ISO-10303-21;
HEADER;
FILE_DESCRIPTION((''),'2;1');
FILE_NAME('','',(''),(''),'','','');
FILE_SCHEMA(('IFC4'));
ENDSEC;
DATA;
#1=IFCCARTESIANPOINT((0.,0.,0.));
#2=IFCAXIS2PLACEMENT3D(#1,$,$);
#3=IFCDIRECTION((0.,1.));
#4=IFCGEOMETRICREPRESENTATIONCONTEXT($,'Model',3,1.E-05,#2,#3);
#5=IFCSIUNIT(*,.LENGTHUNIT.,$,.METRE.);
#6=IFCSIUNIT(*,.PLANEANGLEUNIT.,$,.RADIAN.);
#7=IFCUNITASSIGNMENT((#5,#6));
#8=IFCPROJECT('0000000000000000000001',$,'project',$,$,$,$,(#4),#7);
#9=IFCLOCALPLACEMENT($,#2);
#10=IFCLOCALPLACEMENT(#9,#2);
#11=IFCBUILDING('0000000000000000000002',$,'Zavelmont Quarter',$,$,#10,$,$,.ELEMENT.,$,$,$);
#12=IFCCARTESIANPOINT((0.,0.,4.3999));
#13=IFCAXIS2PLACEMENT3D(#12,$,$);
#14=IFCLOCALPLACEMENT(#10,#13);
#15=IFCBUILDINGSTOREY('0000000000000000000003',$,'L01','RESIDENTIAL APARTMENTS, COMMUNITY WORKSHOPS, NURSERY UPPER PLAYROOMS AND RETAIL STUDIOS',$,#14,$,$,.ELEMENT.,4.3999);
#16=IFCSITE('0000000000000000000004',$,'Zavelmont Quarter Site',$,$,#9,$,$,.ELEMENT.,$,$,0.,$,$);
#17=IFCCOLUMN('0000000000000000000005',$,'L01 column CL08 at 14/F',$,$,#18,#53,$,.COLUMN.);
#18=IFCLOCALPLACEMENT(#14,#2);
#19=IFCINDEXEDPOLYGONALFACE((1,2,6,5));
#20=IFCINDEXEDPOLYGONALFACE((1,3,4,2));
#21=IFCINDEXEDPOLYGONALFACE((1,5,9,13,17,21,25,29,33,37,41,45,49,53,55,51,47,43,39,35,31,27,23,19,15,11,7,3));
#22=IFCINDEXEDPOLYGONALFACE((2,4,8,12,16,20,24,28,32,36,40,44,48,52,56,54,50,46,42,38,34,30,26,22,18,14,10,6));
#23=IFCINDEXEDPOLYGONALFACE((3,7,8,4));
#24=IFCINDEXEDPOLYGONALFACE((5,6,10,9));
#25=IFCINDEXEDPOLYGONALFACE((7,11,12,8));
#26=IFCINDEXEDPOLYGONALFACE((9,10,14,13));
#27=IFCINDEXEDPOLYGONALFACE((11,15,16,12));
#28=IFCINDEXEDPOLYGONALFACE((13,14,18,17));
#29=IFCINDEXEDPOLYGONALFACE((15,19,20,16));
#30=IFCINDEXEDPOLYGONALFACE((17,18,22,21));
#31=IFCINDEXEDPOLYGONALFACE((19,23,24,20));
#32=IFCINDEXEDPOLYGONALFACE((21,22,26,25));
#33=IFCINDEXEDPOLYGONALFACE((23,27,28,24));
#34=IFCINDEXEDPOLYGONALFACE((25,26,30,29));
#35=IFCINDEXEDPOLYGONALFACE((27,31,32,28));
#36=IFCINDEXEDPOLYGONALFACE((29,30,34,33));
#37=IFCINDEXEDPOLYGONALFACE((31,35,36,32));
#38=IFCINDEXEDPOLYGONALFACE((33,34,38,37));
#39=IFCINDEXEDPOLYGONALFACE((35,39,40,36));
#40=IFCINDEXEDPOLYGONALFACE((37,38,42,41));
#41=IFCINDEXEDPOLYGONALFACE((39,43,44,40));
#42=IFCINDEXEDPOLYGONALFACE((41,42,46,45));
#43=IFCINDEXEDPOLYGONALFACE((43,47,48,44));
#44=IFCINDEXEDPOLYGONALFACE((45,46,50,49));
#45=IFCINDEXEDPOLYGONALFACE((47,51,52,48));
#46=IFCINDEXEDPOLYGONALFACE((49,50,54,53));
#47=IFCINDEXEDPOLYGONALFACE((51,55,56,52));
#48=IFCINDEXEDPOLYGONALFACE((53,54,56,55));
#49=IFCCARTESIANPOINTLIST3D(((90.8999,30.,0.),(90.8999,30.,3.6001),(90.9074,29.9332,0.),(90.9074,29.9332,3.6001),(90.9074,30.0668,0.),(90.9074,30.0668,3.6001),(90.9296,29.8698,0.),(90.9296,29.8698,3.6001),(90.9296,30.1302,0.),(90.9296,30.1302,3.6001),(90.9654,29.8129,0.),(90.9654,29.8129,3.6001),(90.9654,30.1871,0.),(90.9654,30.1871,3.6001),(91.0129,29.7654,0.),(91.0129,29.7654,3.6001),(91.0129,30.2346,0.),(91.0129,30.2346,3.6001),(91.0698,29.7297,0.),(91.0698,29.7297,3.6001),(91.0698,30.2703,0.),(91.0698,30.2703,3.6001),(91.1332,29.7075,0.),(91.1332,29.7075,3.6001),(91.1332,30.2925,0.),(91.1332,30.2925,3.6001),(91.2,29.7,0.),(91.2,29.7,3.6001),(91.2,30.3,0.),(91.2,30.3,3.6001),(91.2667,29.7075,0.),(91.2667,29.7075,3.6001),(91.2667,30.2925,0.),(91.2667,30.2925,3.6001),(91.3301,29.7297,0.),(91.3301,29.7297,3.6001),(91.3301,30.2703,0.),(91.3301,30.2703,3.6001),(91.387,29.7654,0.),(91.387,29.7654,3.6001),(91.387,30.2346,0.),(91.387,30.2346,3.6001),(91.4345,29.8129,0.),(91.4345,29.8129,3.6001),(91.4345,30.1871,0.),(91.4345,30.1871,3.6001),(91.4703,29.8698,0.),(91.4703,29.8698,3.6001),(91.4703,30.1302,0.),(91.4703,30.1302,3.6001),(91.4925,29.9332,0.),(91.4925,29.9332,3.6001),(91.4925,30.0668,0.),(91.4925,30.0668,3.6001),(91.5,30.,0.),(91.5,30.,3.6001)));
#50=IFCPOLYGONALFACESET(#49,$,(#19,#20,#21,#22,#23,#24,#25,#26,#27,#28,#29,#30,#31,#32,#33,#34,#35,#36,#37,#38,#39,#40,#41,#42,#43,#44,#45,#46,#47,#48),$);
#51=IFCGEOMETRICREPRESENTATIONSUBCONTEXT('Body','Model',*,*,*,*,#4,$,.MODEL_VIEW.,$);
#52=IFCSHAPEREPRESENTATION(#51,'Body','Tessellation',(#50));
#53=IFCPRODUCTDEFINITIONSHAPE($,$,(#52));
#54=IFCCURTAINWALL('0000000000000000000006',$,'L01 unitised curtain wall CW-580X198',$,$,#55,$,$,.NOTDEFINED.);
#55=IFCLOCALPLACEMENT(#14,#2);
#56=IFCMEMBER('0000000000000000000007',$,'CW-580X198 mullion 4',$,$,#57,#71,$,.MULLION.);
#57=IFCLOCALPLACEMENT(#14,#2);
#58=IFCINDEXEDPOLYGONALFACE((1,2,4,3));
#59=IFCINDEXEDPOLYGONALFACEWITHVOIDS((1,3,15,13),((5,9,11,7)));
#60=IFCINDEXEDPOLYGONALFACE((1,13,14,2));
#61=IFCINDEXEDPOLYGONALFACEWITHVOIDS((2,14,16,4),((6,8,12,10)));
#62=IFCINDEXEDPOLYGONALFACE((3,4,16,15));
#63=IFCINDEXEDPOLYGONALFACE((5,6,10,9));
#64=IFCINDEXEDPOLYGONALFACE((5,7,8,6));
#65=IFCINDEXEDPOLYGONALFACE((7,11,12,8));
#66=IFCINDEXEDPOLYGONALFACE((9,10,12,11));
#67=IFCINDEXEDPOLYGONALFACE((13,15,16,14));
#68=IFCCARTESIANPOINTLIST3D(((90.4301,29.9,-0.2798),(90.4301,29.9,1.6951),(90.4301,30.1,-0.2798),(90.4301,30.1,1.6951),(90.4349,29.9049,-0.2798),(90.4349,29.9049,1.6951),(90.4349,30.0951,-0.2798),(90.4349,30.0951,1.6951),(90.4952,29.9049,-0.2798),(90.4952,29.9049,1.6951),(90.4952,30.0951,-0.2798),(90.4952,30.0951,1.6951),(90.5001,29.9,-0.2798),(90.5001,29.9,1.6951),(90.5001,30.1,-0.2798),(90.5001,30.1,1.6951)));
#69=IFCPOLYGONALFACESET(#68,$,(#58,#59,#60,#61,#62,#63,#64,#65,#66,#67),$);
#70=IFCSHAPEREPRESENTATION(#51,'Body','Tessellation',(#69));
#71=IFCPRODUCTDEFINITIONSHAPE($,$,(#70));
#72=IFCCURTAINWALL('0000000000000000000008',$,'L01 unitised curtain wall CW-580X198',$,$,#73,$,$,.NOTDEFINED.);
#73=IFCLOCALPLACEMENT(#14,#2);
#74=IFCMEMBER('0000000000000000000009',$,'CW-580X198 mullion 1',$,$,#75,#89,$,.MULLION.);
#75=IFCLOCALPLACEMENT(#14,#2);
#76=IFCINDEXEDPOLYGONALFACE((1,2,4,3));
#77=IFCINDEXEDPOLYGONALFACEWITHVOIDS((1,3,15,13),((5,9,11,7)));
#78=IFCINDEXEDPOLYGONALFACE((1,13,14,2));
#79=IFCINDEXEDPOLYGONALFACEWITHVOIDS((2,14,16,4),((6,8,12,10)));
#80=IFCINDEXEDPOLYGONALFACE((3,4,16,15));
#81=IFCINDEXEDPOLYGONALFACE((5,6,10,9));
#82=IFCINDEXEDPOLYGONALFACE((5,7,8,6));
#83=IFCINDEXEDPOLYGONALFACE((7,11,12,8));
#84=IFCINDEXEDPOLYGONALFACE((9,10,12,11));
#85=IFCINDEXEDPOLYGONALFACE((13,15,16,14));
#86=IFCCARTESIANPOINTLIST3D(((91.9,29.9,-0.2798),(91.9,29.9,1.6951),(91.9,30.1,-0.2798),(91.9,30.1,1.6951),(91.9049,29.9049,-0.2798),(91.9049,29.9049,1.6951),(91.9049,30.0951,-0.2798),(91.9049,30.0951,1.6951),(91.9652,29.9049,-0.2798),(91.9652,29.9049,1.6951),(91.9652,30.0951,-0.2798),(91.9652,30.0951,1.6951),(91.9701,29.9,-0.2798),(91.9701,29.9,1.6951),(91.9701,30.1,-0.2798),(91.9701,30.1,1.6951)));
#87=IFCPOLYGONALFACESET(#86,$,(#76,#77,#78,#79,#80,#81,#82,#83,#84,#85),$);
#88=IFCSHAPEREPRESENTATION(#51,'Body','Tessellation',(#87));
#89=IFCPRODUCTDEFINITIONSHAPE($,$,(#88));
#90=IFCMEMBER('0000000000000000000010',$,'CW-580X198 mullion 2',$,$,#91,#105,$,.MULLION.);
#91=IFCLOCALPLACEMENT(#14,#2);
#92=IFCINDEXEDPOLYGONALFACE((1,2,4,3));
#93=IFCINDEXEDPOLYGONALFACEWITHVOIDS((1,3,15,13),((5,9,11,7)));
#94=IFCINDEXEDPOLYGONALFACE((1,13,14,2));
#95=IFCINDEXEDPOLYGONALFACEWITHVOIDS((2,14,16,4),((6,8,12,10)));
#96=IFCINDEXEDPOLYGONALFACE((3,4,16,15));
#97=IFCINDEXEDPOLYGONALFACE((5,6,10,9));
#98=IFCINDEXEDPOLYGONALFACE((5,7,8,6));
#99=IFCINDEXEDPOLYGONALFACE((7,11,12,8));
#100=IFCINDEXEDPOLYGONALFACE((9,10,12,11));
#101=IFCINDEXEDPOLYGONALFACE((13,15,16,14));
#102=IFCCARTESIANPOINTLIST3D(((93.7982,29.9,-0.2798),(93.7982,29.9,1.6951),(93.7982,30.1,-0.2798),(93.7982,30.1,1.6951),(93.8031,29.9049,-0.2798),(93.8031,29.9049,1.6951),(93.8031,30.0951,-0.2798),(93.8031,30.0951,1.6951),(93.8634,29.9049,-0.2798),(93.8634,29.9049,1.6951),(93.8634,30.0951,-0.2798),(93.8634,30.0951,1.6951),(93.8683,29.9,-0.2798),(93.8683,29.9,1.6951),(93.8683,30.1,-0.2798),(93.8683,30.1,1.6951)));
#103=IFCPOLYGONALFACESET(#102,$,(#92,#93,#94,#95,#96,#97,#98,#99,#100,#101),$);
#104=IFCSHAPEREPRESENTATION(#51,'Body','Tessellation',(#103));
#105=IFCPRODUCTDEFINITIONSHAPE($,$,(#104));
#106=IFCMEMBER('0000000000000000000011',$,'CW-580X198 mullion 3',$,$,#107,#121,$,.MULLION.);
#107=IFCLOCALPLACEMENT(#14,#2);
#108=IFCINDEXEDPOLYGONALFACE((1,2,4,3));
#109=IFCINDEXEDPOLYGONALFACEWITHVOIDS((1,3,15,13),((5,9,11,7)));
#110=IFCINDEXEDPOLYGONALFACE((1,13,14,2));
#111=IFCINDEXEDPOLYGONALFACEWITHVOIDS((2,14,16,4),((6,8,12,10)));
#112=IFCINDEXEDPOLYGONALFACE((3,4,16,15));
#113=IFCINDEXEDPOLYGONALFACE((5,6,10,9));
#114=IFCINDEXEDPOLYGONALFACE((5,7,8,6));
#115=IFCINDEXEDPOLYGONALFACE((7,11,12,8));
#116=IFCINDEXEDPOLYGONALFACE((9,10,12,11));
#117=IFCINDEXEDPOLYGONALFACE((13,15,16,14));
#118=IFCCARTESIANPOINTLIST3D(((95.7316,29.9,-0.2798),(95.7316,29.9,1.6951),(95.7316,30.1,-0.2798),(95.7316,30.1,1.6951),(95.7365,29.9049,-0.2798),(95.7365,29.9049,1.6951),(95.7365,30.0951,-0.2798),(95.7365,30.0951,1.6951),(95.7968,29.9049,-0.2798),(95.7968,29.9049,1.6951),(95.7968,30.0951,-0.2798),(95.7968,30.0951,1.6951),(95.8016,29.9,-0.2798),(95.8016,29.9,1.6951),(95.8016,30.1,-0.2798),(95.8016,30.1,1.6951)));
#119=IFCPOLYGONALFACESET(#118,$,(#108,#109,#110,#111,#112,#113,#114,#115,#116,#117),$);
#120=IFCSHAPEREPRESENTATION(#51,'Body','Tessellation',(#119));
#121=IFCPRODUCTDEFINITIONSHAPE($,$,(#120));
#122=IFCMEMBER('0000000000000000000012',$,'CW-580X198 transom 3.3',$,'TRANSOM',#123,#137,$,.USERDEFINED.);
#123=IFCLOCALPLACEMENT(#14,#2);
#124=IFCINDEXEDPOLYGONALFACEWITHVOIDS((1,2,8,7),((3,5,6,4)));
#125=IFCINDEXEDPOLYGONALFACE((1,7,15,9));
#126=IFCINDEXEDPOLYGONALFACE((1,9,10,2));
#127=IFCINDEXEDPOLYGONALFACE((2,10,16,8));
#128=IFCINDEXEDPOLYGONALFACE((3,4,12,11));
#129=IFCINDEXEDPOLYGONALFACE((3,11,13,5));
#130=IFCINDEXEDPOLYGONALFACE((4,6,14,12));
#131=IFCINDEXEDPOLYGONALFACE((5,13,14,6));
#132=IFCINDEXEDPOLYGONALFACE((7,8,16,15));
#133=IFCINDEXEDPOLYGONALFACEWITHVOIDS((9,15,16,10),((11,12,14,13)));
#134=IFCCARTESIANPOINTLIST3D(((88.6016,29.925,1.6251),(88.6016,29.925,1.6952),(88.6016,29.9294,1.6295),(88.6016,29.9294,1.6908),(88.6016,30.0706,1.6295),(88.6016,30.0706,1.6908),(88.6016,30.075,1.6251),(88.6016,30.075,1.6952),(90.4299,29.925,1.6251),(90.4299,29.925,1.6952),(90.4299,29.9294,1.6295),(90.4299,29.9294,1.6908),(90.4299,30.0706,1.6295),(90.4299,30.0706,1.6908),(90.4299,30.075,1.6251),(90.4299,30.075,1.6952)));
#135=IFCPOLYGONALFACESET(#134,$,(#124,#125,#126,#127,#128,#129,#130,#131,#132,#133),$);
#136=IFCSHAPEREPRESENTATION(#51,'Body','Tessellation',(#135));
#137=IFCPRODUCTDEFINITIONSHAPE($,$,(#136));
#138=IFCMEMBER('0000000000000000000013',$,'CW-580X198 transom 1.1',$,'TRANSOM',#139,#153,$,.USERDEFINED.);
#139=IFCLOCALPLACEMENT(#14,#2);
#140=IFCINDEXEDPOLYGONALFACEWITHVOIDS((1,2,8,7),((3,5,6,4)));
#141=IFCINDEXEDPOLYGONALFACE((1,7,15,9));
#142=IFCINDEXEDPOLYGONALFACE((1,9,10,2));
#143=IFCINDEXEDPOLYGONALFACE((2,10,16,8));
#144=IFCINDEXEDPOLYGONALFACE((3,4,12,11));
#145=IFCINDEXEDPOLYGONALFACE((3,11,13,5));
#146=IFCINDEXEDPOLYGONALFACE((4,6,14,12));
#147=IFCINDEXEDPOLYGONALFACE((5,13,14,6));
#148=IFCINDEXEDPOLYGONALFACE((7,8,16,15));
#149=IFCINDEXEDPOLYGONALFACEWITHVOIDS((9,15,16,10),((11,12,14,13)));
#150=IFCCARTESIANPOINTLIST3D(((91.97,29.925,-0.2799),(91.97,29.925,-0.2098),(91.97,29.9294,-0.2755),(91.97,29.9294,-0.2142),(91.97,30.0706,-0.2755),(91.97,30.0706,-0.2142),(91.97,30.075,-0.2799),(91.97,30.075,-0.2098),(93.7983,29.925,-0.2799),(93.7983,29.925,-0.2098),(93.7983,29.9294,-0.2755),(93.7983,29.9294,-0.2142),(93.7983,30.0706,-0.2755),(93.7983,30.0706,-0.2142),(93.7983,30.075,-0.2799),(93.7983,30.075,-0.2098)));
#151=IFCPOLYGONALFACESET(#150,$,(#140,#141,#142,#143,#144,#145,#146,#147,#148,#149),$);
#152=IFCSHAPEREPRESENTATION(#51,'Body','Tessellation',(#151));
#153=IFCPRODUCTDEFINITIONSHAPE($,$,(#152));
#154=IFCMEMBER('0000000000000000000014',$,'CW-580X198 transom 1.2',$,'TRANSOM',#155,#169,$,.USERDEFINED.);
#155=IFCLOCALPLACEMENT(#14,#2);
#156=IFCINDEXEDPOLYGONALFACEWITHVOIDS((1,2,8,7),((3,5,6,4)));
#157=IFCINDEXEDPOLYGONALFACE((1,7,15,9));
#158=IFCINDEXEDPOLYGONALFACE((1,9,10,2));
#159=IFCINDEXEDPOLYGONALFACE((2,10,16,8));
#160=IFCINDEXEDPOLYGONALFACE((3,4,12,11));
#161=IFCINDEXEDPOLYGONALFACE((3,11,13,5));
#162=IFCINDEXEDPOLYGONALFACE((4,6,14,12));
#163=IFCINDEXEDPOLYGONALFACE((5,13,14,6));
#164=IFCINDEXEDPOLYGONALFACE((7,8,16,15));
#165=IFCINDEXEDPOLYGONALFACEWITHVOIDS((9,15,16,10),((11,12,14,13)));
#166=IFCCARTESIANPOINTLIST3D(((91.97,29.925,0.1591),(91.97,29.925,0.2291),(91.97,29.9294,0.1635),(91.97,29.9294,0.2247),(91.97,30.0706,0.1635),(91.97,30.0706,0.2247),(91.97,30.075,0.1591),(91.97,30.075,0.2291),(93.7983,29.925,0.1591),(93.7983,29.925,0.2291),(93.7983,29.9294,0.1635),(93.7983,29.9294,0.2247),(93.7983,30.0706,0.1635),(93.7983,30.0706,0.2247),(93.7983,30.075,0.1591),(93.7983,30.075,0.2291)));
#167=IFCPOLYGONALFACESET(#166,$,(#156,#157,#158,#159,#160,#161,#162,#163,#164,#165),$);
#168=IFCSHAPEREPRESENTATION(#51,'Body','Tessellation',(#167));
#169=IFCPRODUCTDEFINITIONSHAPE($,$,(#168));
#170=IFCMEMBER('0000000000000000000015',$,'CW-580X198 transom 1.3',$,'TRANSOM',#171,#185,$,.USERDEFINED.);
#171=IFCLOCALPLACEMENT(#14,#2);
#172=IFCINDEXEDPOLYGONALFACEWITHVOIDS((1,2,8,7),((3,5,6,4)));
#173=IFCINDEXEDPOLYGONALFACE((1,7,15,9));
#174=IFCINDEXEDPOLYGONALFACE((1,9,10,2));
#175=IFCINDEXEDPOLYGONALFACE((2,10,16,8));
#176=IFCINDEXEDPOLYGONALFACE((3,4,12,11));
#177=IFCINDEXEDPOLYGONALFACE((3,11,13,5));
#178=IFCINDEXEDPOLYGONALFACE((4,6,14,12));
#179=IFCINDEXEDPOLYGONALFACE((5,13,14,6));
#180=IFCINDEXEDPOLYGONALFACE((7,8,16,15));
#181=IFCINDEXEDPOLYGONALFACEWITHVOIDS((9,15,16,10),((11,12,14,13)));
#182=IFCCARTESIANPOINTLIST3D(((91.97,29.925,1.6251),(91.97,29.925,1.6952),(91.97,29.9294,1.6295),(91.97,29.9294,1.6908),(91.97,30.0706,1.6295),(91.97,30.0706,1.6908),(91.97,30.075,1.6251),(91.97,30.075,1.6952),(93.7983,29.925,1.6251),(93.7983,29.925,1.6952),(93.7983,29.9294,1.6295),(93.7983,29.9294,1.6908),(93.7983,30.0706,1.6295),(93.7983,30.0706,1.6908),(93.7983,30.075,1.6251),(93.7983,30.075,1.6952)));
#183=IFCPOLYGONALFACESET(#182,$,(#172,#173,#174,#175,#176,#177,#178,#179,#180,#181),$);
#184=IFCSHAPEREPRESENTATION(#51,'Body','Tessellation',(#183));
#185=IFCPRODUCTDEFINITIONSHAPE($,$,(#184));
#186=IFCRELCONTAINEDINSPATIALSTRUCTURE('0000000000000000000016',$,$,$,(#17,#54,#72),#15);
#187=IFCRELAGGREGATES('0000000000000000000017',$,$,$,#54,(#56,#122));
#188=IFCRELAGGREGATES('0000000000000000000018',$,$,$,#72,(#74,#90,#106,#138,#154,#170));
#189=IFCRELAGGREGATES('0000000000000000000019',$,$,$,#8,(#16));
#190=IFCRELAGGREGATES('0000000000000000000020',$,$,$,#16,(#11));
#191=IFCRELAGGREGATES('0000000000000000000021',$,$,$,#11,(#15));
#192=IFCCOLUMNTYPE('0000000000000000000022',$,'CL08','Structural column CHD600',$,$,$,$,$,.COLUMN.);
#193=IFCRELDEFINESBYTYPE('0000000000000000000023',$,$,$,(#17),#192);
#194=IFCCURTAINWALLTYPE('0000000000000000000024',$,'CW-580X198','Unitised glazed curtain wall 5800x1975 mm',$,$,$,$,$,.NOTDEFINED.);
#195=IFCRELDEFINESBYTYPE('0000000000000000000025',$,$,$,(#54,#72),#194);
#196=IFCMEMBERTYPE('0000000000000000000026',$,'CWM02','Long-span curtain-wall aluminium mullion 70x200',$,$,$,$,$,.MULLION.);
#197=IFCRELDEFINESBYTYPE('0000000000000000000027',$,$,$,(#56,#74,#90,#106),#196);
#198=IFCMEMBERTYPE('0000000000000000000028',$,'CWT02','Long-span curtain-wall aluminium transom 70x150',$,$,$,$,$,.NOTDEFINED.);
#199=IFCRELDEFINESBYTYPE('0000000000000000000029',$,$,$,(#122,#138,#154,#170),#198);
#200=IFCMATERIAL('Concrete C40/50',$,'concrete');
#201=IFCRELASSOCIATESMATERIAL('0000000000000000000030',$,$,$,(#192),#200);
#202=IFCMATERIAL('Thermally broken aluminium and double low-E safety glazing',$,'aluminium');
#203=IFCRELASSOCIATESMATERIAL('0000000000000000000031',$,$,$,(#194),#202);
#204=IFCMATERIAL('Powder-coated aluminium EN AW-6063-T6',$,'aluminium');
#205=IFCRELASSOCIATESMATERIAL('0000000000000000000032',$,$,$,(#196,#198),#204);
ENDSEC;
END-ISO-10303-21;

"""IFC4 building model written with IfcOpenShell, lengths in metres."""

from ifc_helpers import new_model, si_unit, direction, frame, origin, origin_2d, place, context, subcontext, project, spatial, hollow_rectangle, circle, extrude, material, material_profile, profile_set, type_object, element, aggregate, save


model = new_model("IFC4")

# Units and contexts
model_context = context("Model", 3, precision=1e-05, world=origin(), true_north=direction((0.0, 1.0)))
body_context = subcontext(model_context, "Body", "Model", "MODEL_VIEW")
ifc_project = project(units=[si_unit("LENGTHUNIT", "METRE"), si_unit("PLANEANGLEUNIT", "RADIAN")], contexts=[model_context])

# Site, building, storey
site_placement = place(None, origin())
site = spatial("IfcSite", under=ifc_project, at=site_placement, Name="Zavelmont Quarter Site", CompositionType="ELEMENT", RefElevation=0.0)
building_placement = place(site_placement, origin())
building = spatial("IfcBuilding", under=site, at=building_placement, Name="Zavelmont Quarter", CompositionType="ELEMENT")
storey_placement = place(building_placement, frame((0.0, 0.0, 4.3999)))
storey = spatial("IfcBuildingStorey", under=building, at=storey_placement, Name="L01", Description="RESIDENTIAL APARTMENTS, COMMUNITY WORKSHOPS, NURSERY UPPER PLAYROOMS AND RETAIL STUDIOS", CompositionType="ELEMENT", Elevation=4.3999)

# Column
ifc_material_1 = material(Name="Concrete C40/50", Category="concrete")
ifc_material_profile_1 = material_profile(ifc_material_1, circle(Radius=0.3, at=origin_2d()), Name="CHD600")
ifc_profile_set_1 = profile_set([ifc_material_profile_1], Name="Concrete C40/50")
column_type = type_object("IfcColumnType", Name="CL08", Description="Structural column CHD600", PredefinedType="COLUMN", material=ifc_profile_set_1)
column_placement = place(storey_placement, frame((91.2, 30.0, 0.0), z_axis=(0.0, 0.0, 1.0), x_axis=(1.0, 0.0, 0.0)))
element("IfcColumn", 1, at=column_placement, inside=storey, type_object=column_type, Name="L01 column CL08 at 14/F", PredefinedType="COLUMN", context=body_context, shape_type="SweptSolid", body=[
    extrude(circle(Radius=0.3, at=origin_2d()), origin(), (0.0, 0.0, 1.0), 3.6001),
])

# Curtain wall, member
ifc_material_2 = material(Name="Thermally broken aluminium and double low-E safety glazing", Category="aluminium")
curtain_wall_type = type_object("IfcCurtainWallType", Name="CW-580X198", Description="Unitised glazed curtain wall 5800x1975 mm", PredefinedType="NOTDEFINED", material=ifc_material_2)
curtain_wall_1_placement = place(storey_placement, origin())
curtain_wall_1 = element("IfcCurtainWall", 2, at=curtain_wall_1_placement, inside=storey, type_object=curtain_wall_type, Name="L01 unitised curtain wall CW-580X198", PredefinedType="NOTDEFINED")
ifc_material_3 = material(Name="Powder-coated aluminium EN AW-6063-T6", Category="aluminium")
ifc_material_profile_2 = material_profile(ifc_material_3, hollow_rectangle(XDim=0.0701, YDim=0.2, WallThickness=0.0049, at=origin_2d()), Name="CWM70X200")
ifc_profile_set_2 = profile_set([ifc_material_profile_2], Name="Powder-coated aluminium EN AW-6063-T6")
member_type_1 = type_object("IfcMemberType", Name="CWM02", Description="Long-span curtain-wall aluminium mullion 70x200", PredefinedType="MULLION", material=ifc_profile_set_2)
member_1_placement = place(storey_placement, frame((90.4651, 30.0, -0.2798), z_axis=(0.0, 0.0, 1.0), x_axis=(1.0, 0.0, 0.0)))
member_1 = element("IfcMember", 3, at=member_1_placement, type_object=member_type_1, Name="CW-580X198 mullion 4", PredefinedType="MULLION", context=body_context, shape_type="SweptSolid", body=[
    extrude(hollow_rectangle(XDim=0.0701, YDim=0.2, WallThickness=0.0049, at=origin_2d()), origin(), (0.0, 0.0, 1.0), 1.9749),
])

# Curtain wall, members
curtain_wall_2_placement = place(storey_placement, origin())
curtain_wall_2 = element("IfcCurtainWall", 4, at=curtain_wall_2_placement, inside=storey, type_object=curtain_wall_type, Name="L01 unitised curtain wall CW-580X198", PredefinedType="NOTDEFINED")
member_2_placement = place(storey_placement, frame((91.9351, 30.0, -0.2798), z_axis=(0.0, 0.0, 1.0), x_axis=(1.0, 0.0, 0.0)))
member_2 = element("IfcMember", 5, at=member_2_placement, type_object=member_type_1, Name="CW-580X198 mullion 1", PredefinedType="MULLION", context=body_context, shape_type="SweptSolid", body=[
    extrude(hollow_rectangle(XDim=0.0701, YDim=0.2, WallThickness=0.0049, at=origin_2d()), origin(), (0.0, 0.0, 1.0), 1.9749),
])
member_3_placement = place(storey_placement, frame((93.8333, 30.0, -0.2798), z_axis=(0.0, 0.0, 1.0), x_axis=(1.0, 0.0, 0.0)))
member_3 = element("IfcMember", 6, at=member_3_placement, type_object=member_type_1, Name="CW-580X198 mullion 2", PredefinedType="MULLION", context=body_context, shape_type="SweptSolid", body=[
    extrude(hollow_rectangle(XDim=0.0701, YDim=0.2, WallThickness=0.0049, at=origin_2d()), origin(), (0.0, 0.0, 1.0), 1.9749),
])
member_4_placement = place(storey_placement, frame((95.7666, 30.0, -0.2798), z_axis=(0.0, 0.0, 1.0), x_axis=(1.0, 0.0, 0.0)))
member_4 = element("IfcMember", 7, at=member_4_placement, type_object=member_type_1, Name="CW-580X198 mullion 3", PredefinedType="MULLION", context=body_context, shape_type="SweptSolid", body=[
    extrude(hollow_rectangle(XDim=0.0701, YDim=0.2, WallThickness=0.0049, at=origin_2d()), origin(), (0.0, 0.0, 1.0), 1.9749),
])

# Members
ifc_material_profile_3 = material_profile(ifc_material_3, hollow_rectangle(XDim=0.1499, YDim=0.0701, WallThickness=0.0044, at=origin_2d()), Name="CWT70X150")
ifc_profile_set_3 = profile_set([ifc_material_profile_3], Name="Powder-coated aluminium EN AW-6063-T6")
member_type_2 = type_object("IfcMemberType", Name="CWT02", Description="Long-span curtain-wall aluminium transom 70x150", PredefinedType="NOTDEFINED", material=ifc_profile_set_3)
member_5_placement = place(storey_placement, frame((88.6016, 30.0, 1.6602), z_axis=(1.0, 0.0, 0.0), x_axis=(0.0, 1.0, 0.0)))
member_5 = element("IfcMember", 8, at=member_5_placement, type_object=member_type_2, Name="CW-580X198 transom 3.3", ObjectType="TRANSOM", PredefinedType="USERDEFINED", context=body_context, shape_type="SweptSolid", body=[
    extrude(hollow_rectangle(XDim=0.1499, YDim=0.0701, WallThickness=0.0044, at=origin_2d()), origin(), (0.0, 0.0, 1.0), 1.8284),
])
member_6_placement = place(storey_placement, frame((91.97, 30.0, -0.2449), z_axis=(1.0, 0.0, 0.0), x_axis=(0.0, 1.0, 0.0)))
member_6 = element("IfcMember", 9, at=member_6_placement, type_object=member_type_2, Name="CW-580X198 transom 1.1", ObjectType="TRANSOM", PredefinedType="USERDEFINED", context=body_context, shape_type="SweptSolid", body=[
    extrude(hollow_rectangle(XDim=0.1499, YDim=0.0701, WallThickness=0.0044, at=origin_2d()), origin(), (0.0, 0.0, 1.0), 1.8284),
])
member_7_placement = place(storey_placement, frame((91.97, 30.0, 0.1941), z_axis=(1.0, 0.0, 0.0), x_axis=(0.0, 1.0, 0.0)))
member_7 = element("IfcMember", 10, at=member_7_placement, type_object=member_type_2, Name="CW-580X198 transom 1.2", ObjectType="TRANSOM", PredefinedType="USERDEFINED", context=body_context, shape_type="SweptSolid", body=[
    extrude(hollow_rectangle(XDim=0.1499, YDim=0.0701, WallThickness=0.0044, at=origin_2d()), origin(), (0.0, 0.0, 1.0), 1.8284),
])
member_8_placement = place(storey_placement, frame((91.97, 30.0, 1.6602), z_axis=(1.0, 0.0, 0.0), x_axis=(0.0, 1.0, 0.0)))
member_8 = element("IfcMember", 11, at=member_8_placement, type_object=member_type_2, Name="CW-580X198 transom 1.3", ObjectType="TRANSOM", PredefinedType="USERDEFINED", context=body_context, shape_type="SweptSolid", body=[
    extrude(hollow_rectangle(XDim=0.1499, YDim=0.0701, WallThickness=0.0044, at=origin_2d()), origin(), (0.0, 0.0, 1.0), 1.8284),
])

aggregate(curtain_wall_1, [member_1, member_5])
aggregate(curtain_wall_2, [member_2, member_3, member_4, member_6, member_7, member_8])

save(model, "model.ifc")
